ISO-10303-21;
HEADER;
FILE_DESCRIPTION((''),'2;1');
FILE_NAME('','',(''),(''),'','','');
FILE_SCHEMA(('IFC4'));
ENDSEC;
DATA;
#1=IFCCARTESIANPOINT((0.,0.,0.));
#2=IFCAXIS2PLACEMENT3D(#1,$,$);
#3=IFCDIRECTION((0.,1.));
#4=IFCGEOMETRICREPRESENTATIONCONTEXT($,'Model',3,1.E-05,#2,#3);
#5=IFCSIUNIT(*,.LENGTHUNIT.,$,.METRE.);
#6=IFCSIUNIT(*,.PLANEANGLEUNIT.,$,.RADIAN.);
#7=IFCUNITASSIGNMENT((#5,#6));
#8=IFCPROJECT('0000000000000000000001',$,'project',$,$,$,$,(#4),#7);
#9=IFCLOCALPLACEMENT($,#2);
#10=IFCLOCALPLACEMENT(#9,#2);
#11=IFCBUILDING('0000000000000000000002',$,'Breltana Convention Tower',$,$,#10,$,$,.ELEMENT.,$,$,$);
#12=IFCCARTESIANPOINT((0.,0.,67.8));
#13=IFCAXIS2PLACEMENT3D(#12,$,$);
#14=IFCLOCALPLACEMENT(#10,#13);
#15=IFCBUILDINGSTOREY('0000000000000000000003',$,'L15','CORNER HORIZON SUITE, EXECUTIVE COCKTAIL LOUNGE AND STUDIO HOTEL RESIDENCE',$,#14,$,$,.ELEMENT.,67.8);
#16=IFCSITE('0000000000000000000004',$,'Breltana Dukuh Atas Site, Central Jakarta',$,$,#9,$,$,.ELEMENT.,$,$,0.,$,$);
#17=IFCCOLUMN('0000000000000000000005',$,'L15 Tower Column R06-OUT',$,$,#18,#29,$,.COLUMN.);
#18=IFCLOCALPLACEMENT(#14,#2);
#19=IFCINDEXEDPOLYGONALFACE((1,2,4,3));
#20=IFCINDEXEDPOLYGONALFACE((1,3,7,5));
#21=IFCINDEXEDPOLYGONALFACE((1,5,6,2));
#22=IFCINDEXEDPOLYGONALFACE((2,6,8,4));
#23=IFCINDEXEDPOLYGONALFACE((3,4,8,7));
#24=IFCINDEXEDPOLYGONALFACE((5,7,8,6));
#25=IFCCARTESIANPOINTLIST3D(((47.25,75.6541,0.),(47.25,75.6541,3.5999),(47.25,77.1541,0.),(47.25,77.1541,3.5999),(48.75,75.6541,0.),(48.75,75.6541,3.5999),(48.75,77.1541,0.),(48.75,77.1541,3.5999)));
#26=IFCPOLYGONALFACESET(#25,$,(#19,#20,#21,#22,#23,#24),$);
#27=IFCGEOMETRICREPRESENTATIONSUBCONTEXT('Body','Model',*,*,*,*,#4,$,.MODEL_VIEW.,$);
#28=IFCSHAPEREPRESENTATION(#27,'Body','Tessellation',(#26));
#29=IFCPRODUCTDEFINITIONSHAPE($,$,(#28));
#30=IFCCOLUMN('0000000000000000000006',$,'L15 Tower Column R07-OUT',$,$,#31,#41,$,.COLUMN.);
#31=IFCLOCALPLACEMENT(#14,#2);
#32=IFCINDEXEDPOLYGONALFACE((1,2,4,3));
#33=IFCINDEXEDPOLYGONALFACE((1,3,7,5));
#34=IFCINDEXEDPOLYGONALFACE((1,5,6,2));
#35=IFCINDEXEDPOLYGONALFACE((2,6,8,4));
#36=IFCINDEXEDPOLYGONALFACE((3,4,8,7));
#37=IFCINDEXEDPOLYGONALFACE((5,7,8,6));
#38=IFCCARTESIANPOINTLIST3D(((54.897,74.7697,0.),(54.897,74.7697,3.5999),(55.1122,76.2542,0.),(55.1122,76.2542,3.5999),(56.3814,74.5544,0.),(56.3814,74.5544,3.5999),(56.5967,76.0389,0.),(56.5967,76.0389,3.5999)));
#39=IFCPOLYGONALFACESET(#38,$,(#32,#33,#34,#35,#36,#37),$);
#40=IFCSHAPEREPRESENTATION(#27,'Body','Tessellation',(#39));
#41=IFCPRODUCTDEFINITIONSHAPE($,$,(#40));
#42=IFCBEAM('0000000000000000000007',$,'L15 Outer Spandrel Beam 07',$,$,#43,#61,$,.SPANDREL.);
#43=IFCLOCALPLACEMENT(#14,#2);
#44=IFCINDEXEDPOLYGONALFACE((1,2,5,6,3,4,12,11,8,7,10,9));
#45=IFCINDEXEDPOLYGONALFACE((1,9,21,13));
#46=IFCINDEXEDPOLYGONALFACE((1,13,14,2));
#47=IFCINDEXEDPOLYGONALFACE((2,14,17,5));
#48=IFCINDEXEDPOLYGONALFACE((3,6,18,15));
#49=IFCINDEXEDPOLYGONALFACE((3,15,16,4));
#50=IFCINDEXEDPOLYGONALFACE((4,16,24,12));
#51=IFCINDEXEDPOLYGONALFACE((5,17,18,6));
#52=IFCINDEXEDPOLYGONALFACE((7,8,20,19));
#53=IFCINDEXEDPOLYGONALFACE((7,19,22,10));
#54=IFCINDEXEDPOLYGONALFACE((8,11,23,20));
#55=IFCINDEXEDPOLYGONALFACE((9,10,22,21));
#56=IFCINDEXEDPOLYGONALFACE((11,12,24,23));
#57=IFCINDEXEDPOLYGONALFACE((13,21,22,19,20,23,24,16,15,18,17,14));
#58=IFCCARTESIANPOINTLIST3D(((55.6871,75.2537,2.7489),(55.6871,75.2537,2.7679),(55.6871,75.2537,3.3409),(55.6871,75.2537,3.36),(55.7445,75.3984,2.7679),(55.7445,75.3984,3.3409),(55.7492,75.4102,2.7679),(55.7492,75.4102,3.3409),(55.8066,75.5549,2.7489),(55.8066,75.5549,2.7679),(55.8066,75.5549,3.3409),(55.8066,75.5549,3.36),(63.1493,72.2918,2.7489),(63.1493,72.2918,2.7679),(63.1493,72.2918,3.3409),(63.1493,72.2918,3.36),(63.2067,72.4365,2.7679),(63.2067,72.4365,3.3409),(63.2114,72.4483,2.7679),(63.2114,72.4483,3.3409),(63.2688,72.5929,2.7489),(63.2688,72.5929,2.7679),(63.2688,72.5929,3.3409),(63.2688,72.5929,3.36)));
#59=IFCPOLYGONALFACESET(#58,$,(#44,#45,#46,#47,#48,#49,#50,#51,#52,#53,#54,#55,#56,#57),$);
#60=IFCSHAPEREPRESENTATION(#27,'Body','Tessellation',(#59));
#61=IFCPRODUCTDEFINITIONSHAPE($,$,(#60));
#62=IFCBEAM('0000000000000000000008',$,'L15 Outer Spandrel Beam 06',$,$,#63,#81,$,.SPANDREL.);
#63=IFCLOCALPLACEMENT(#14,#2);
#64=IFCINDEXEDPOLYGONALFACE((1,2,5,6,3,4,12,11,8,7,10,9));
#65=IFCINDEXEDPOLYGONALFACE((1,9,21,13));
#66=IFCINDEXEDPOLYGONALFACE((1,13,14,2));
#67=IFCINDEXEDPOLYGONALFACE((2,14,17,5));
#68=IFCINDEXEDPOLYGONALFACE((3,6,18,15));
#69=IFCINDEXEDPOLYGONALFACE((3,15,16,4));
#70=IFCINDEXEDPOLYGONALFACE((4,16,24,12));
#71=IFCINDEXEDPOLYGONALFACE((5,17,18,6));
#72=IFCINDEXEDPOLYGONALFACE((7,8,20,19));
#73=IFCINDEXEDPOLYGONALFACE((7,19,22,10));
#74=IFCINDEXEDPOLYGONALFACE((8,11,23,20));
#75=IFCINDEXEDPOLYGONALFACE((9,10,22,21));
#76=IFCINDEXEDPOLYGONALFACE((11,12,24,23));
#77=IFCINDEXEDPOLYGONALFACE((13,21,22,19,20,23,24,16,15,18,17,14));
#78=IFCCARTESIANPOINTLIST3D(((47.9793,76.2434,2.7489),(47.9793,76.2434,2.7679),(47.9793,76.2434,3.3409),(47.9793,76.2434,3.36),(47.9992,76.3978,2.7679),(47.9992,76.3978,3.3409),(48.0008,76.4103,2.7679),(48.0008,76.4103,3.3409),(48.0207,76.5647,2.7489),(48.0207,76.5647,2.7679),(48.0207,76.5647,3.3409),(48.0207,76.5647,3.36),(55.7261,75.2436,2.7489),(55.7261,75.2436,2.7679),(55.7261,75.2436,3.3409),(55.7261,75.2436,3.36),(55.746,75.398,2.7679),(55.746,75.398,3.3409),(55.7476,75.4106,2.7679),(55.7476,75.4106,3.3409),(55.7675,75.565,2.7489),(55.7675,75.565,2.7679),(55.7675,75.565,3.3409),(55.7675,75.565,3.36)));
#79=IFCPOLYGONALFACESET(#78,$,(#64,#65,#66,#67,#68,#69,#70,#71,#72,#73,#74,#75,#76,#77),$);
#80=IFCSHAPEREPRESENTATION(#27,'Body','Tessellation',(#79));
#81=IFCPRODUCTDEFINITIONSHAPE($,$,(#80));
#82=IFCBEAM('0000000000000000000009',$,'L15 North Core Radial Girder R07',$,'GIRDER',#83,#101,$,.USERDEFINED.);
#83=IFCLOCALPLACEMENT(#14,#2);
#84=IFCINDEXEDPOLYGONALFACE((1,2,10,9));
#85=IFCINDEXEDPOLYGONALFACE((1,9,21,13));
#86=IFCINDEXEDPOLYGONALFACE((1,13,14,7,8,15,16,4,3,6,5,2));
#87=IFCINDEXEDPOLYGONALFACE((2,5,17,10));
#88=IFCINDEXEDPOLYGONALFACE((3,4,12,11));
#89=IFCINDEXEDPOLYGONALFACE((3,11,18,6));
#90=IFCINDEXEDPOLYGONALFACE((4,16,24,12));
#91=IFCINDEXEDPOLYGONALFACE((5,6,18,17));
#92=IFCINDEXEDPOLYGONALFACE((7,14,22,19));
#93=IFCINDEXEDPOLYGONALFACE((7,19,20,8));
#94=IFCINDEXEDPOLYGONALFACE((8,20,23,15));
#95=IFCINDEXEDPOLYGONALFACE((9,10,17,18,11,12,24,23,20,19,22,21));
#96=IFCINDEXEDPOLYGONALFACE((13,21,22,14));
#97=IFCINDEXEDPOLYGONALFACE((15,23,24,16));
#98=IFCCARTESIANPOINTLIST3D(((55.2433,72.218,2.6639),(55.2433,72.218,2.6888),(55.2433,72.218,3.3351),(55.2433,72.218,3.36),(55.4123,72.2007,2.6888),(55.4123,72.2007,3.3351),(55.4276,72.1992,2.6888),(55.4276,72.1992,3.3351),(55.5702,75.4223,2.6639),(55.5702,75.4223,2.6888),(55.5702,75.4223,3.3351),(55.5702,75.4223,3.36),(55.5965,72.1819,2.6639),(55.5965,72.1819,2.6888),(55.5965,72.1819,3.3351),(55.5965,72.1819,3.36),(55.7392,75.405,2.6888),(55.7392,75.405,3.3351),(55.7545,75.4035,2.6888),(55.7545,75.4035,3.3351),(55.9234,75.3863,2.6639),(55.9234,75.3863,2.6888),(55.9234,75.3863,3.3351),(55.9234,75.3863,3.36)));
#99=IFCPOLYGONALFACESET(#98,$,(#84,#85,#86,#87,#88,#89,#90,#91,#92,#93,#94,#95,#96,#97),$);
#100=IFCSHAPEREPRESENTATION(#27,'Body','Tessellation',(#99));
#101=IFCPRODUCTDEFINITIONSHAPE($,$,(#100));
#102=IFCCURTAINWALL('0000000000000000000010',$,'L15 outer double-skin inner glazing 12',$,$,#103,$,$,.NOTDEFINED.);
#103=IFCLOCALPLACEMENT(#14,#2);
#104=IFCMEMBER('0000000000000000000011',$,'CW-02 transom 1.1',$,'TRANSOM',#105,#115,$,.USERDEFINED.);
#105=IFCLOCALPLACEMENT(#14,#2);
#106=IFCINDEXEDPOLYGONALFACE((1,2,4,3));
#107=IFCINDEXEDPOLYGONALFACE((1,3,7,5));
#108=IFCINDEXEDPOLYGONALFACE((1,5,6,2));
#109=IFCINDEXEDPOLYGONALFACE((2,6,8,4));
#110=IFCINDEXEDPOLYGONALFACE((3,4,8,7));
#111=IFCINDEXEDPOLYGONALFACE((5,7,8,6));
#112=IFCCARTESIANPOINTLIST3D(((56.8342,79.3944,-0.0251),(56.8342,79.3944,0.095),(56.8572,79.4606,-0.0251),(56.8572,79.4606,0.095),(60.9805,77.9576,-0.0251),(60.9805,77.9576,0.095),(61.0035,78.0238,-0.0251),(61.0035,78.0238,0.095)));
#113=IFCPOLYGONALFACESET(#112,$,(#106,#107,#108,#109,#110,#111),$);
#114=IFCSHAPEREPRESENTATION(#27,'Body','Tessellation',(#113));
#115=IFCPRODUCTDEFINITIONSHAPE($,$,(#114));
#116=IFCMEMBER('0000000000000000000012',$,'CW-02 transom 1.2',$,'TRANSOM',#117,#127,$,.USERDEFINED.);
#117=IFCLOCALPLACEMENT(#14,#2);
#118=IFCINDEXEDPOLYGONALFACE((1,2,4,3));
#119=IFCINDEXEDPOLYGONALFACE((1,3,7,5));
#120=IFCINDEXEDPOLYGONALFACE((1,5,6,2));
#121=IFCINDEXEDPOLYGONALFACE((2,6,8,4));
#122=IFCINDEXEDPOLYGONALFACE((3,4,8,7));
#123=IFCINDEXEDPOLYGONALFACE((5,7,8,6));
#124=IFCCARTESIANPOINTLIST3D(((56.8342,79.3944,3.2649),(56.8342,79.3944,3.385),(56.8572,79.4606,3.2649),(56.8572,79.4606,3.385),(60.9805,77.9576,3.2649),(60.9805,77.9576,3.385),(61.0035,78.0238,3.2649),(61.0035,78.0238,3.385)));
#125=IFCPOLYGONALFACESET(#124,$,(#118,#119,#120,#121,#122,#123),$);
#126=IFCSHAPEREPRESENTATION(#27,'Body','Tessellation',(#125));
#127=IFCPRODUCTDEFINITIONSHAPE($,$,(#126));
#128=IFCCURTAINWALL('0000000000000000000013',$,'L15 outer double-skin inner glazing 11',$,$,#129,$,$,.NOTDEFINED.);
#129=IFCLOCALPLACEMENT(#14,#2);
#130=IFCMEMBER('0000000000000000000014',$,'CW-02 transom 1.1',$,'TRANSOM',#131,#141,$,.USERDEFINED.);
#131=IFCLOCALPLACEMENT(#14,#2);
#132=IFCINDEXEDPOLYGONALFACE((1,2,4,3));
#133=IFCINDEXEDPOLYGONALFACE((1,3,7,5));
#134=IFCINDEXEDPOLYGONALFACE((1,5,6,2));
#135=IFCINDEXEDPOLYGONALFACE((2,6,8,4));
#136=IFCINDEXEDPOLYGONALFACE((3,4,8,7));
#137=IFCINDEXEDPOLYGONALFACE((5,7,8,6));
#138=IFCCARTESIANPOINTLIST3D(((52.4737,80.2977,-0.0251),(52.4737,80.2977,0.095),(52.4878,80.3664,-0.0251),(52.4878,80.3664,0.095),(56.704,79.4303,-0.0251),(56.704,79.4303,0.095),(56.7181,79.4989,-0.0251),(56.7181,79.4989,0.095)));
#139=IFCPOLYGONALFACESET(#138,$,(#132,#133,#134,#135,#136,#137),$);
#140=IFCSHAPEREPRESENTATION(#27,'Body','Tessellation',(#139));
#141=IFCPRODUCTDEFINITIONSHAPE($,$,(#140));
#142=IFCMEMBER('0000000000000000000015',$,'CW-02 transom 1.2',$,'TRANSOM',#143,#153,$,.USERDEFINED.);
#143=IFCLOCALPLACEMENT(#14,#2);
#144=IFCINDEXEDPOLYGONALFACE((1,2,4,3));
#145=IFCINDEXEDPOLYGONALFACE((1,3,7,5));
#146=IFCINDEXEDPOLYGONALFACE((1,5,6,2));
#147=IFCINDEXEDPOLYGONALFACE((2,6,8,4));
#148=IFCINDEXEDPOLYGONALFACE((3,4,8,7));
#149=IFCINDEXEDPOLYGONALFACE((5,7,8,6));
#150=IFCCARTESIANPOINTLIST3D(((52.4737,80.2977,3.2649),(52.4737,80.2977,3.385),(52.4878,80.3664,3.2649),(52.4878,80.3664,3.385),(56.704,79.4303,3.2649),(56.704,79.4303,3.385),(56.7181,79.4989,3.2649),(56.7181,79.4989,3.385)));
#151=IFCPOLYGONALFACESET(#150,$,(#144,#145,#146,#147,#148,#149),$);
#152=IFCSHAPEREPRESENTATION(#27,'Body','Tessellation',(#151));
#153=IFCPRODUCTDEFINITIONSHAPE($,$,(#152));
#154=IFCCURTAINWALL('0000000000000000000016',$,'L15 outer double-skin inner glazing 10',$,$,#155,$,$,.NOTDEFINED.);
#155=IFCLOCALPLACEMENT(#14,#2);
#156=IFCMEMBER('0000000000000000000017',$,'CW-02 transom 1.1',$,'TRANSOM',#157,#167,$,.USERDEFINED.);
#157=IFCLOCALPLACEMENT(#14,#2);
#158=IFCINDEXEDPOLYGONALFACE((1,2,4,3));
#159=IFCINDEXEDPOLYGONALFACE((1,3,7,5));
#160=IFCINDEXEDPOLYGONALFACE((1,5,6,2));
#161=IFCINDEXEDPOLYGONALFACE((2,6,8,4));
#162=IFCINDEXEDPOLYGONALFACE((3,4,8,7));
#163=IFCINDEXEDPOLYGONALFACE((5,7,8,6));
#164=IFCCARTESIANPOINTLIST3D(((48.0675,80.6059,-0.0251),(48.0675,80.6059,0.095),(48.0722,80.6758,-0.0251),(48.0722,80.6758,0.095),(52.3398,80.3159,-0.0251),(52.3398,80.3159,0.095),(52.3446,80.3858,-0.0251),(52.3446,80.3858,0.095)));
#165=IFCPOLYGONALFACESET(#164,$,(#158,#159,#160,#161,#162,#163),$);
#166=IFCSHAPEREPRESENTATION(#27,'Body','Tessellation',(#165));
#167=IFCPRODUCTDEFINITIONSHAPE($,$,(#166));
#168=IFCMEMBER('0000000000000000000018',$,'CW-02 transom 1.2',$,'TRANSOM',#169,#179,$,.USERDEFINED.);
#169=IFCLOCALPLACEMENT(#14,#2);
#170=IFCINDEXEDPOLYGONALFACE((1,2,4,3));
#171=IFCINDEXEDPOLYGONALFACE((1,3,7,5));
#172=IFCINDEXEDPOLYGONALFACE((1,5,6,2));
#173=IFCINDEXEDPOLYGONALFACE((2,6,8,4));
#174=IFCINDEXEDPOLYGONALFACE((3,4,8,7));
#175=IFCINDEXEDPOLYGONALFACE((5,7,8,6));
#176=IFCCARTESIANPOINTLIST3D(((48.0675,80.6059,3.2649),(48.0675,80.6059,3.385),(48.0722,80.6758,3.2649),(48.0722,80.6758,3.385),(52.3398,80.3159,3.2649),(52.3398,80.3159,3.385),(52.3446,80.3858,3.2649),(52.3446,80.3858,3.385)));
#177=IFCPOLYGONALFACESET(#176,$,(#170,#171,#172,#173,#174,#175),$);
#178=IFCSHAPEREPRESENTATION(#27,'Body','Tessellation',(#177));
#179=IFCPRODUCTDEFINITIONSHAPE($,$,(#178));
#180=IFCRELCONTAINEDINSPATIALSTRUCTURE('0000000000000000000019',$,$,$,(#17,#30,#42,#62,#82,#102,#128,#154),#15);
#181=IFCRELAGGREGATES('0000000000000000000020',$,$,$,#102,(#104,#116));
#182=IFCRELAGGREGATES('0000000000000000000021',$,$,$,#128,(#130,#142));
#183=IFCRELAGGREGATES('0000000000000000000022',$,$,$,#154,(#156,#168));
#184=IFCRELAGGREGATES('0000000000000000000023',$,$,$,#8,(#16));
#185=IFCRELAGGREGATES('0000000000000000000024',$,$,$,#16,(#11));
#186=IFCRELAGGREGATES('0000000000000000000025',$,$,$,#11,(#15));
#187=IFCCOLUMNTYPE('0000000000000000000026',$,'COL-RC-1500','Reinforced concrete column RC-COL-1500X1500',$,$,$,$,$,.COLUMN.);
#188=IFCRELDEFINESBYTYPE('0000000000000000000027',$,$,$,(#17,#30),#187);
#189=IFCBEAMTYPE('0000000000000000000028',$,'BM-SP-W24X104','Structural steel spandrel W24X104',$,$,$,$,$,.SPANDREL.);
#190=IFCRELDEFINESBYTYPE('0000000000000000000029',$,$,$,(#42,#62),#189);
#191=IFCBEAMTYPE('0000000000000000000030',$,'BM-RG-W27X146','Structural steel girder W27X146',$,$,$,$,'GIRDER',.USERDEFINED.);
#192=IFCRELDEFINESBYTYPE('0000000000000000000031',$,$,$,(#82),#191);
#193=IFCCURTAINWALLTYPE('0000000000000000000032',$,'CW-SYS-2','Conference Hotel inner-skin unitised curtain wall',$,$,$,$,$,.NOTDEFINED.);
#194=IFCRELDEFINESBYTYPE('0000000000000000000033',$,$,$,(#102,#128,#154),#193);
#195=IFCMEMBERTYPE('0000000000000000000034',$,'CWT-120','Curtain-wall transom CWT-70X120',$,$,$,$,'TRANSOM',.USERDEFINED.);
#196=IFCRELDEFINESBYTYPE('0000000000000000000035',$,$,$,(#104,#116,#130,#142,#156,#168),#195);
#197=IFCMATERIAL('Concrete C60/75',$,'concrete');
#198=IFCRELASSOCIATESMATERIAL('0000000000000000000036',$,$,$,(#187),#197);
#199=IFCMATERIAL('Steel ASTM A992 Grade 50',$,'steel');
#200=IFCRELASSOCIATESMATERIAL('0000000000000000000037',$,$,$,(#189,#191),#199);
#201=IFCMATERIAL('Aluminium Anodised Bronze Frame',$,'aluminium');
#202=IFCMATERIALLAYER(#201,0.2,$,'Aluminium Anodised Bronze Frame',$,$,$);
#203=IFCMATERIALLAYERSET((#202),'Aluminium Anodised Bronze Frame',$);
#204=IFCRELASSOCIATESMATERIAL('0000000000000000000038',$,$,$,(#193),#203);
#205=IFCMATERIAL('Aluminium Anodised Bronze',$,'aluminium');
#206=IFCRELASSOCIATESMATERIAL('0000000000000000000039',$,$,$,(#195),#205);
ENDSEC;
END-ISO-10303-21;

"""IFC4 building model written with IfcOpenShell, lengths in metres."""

from ifc_helpers import new_model, si_unit, direction, frame, origin, origin_2d, place, context, subcontext, project, spatial, rectangle, i_section, extrude, source, transform, mapped, material, layer, layer_set, material_profile, profile_set, type_object, element, aggregate, save


model = new_model("IFC4")

# Units and contexts
model_context = context("Model", 3, precision=1e-05, world=origin(), true_north=direction((0.0, 1.0)))
body_context = subcontext(model_context, "Body", "Model", "MODEL_VIEW")
ifc_project = project(units=[si_unit("LENGTHUNIT", "METRE"), si_unit("PLANEANGLEUNIT", "RADIAN")], contexts=[model_context])

# Site, building, storey
site_placement = place(None, origin())
site = spatial("IfcSite", under=ifc_project, at=site_placement, Name="Breltana Dukuh Atas Site, Central Jakarta", CompositionType="ELEMENT", RefElevation=0.0)
building_placement = place(site_placement, origin())
building = spatial("IfcBuilding", under=site, at=building_placement, Name="Breltana Convention Tower", CompositionType="ELEMENT")
storey_placement = place(building_placement, frame((0.0, 0.0, 67.8)))
storey = spatial("IfcBuildingStorey", under=building, at=storey_placement, Name="L15", Description="CORNER HORIZON SUITE, EXECUTIVE COCKTAIL LOUNGE AND STUDIO HOTEL RESIDENCE", CompositionType="ELEMENT", Elevation=67.8)

# Columns
ifc_material_1 = material(Name="Concrete C60/75", Category="concrete")
ifc_material_profile_1 = material_profile(ifc_material_1, rectangle(XDim=1.5, YDim=1.5, at=origin_2d()), Name="RC-COL-1500X1500")
ifc_profile_set_1 = profile_set([ifc_material_profile_1], Name="Concrete C60/75")
column_type = type_object("IfcColumnType", Name="COL-RC-1500", Description="Reinforced concrete column RC-COL-1500X1500", PredefinedType="COLUMN", material=ifc_profile_set_1)
shared_shape_1 = source(origin(), body_context, "Body", "SweptSolid", [
    extrude(rectangle(XDim=1.5, YDim=1.5, at=origin_2d()), origin(), (0.0, 0.0, 1.0), 3.5999),
])
for number, where, z_axis, x_axis, name in (
    (1, (48.0, 76.4041, 0.0), (0.0, 0.0, 1.0), (0.0, 1.0, 0.0), "L15 Tower Column R06-OUT"),
    (2, (55.7468, 75.4043, 0.0), (0.0, 0.0, 1.0), (0.143493, 0.989651, 0.0), "L15 Tower Column R07-OUT"),
):
    element("IfcColumn", number, at=place(storey_placement, frame(where, z_axis=z_axis, x_axis=x_axis)), inside=storey, type_object=column_type, Name=name, PredefinedType="COLUMN", context=body_context, shape_type="MappedRepresentation", body=[
        mapped(shared_shape_1, transform((0.0, 0.0, 0.0), scale=1.0)),
    ])

# Beams
ifc_material_2 = material(Name="Steel ASTM A992 Grade 50", Category="steel")
ifc_material_profile_2 = material_profile(ifc_material_2, i_section(OverallWidth=0.324, OverallDepth=0.6111, WebThickness=0.0127, FlangeThickness=0.019, at=origin_2d()), Name="W24X104")
ifc_profile_set_2 = profile_set([ifc_material_profile_2], Name="Steel ASTM A992 Grade 50")
beam_type_1 = type_object("IfcBeamType", Name="BM-SP-W24X104", Description="Structural steel spandrel W24X104", PredefinedType="SPANDREL", material=ifc_profile_set_2)
shared_shape_2 = source(origin(), body_context, "Body", "SweptSolid", [
    extrude(i_section(OverallWidth=0.324, OverallDepth=0.6111, WebThickness=0.0127, FlangeThickness=0.019, at=origin_2d()), origin(), (0.0, 0.0, 1.0), 8.0286),
])
beam_1_placement = place(storey_placement, frame((55.7468, 75.4043, 3.0544), z_axis=(0.929459, -0.368925, 0.0), x_axis=(0.368925, 0.929459, 0.0)))
element("IfcBeam", 3, at=beam_1_placement, inside=storey, type_object=beam_type_1, Name="L15 Outer Spandrel Beam 07", PredefinedType="SPANDREL", context=body_context, shape_type="MappedRepresentation", body=[
    mapped(shared_shape_2, transform((0.0, 0.0, 0.0), scale=1.0)),
])
shared_shape_3 = source(origin(), body_context, "Body", "SweptSolid", [
    extrude(i_section(OverallWidth=0.324, OverallDepth=0.6111, WebThickness=0.0127, FlangeThickness=0.019, at=origin_2d()), origin(), (0.0, 0.0, 1.0), 7.811),
])
beam_2_placement = place(storey_placement, frame((48.0, 76.4041, 3.0544), z_axis=(0.991775, -0.127992, 0.0), x_axis=(0.127992, 0.991775, 0.0)))
element("IfcBeam", 4, at=beam_2_placement, inside=storey, type_object=beam_type_1, Name="L15 Outer Spandrel Beam 06", PredefinedType="SPANDREL", context=body_context, shape_type="MappedRepresentation", body=[
    mapped(shared_shape_3, transform((0.0, 0.0, 0.0), scale=1.0)),
])
ifc_material_profile_3 = material_profile(ifc_material_2, i_section(OverallWidth=0.355, OverallDepth=0.696, WebThickness=0.0154, FlangeThickness=0.0249, at=origin_2d()), Name="W27X146")
ifc_profile_set_3 = profile_set([ifc_material_profile_3], Name="Steel ASTM A992 Grade 50")
beam_type_2 = type_object("IfcBeamType", Name="BM-RG-W27X146", Description="Structural steel girder W27X146", ElementType="GIRDER", PredefinedType="USERDEFINED", material=ifc_profile_set_3)
shared_shape_4 = source(origin(), body_context, "Body", "SweptSolid", [
    extrude(i_section(OverallWidth=0.355, OverallDepth=0.696, WebThickness=0.0154, FlangeThickness=0.0249, at=origin_2d()), origin(), (0.0, 0.0, 1.0), 3.2209),
])
beam_3_placement = place(storey_placement, frame((55.4199, 72.2, 3.012), z_axis=(0.101492, 0.994836, 0.0), x_axis=(-0.994836, 0.101492, 0.0)))
element("IfcBeam", 5, at=beam_3_placement, inside=storey, type_object=beam_type_2, Name="L15 North Core Radial Girder R07", ObjectType="GIRDER", PredefinedType="USERDEFINED", context=body_context, shape_type="MappedRepresentation", body=[
    mapped(shared_shape_4, transform((0.0, 0.0, 0.0), scale=1.0)),
])

# Curtain walls, members
ifc_material_3 = material(Name="Aluminium Anodised Bronze Frame", Category="aluminium")
ifc_layer_1 = layer(ifc_material_3, 0.2, Name="Aluminium Anodised Bronze Frame")
ifc_layer_set_1 = layer_set([ifc_layer_1], Name="Aluminium Anodised Bronze Frame")
curtain_wall_type = type_object("IfcCurtainWallType", Name="CW-SYS-2", Description="Conference Hotel inner-skin unitised curtain wall", PredefinedType="NOTDEFINED", material=ifc_layer_set_1)
curtain_wall_1_placement = place(storey_placement, origin())
curtain_wall_1 = element("IfcCurtainWall", 6, at=curtain_wall_1_placement, inside=storey, type_object=curtain_wall_type, Name="L15 outer double-skin inner glazing 12", PredefinedType="NOTDEFINED")
ifc_material_4 = material(Name="Aluminium Anodised Bronze", Category="aluminium")
ifc_material_profile_4 = material_profile(ifc_material_4, rectangle(XDim=0.0701, YDim=0.1201, at=origin_2d()), Name="CWT-70X120")
ifc_profile_set_4 = profile_set([ifc_material_profile_4], Name="Aluminium Anodised Bronze")
member_type_1 = type_object("IfcMemberType", Name="CWT-120", Description="Curtain-wall transom CWT-70X120", ElementType="TRANSOM", PredefinedType="USERDEFINED", material=ifc_profile_set_4)
shared_shape_5 = source(origin(), body_context, "Body", "SweptSolid", [
    extrude(rectangle(XDim=0.0701, YDim=0.1201, at=origin_2d()), origin(), (0.0, 0.0, 1.0), 4.3882),
])
member_1_placement = place(storey_placement, frame((56.8457, 79.4275, 0.0349), z_axis=(0.944878, -0.327422, 0.0), x_axis=(0.327422, 0.944878, 0.0)))
member_1 = element("IfcMember", 7, at=member_1_placement, type_object=member_type_1, Name="CW-02 transom 1.1", ObjectType="TRANSOM", PredefinedType="USERDEFINED", context=body_context, shape_type="MappedRepresentation", body=[
    mapped(shared_shape_5, transform((0.0, 0.0, 0.0), scale=1.0)),
])
member_2_placement = place(storey_placement, frame((56.8457, 79.4275, 3.325), z_axis=(0.944878, -0.327422, 0.0), x_axis=(0.327422, 0.944878, 0.0)))
member_2 = element("IfcMember", 8, at=member_2_placement, type_object=member_type_1, Name="CW-02 transom 1.2", ObjectType="TRANSOM", PredefinedType="USERDEFINED", context=body_context, shape_type="MappedRepresentation", body=[
    mapped(shared_shape_5, transform((0.0, 0.0, 0.0), scale=1.0)),
])
curtain_wall_2_placement = place(storey_placement, origin())
curtain_wall_2 = element("IfcCurtainWall", 9, at=curtain_wall_2_placement, inside=storey, type_object=curtain_wall_type, Name="L15 outer double-skin inner glazing 11", PredefinedType="NOTDEFINED")
shared_shape_6 = source(origin(), body_context, "Body", "SweptSolid", [
    extrude(rectangle(XDim=0.0701, YDim=0.1201, at=origin_2d()), origin(), (0.0, 0.0, 1.0), 4.3184),
])
member_3_placement = place(storey_placement, frame((52.4807, 80.332, 0.0349), z_axis=(0.979617, -0.200876, 0.0), x_axis=(0.200876, 0.979617, 0.0)))
member_3 = element("IfcMember", 10, at=member_3_placement, type_object=member_type_1, Name="CW-02 transom 1.1", ObjectType="TRANSOM", PredefinedType="USERDEFINED", context=body_context, shape_type="MappedRepresentation", body=[
    mapped(shared_shape_6, transform((0.0, 0.0, 0.0), scale=1.0)),
])
member_4_placement = place(storey_placement, frame((52.4807, 80.332, 3.325), z_axis=(0.979617, -0.200876, 0.0), x_axis=(0.200876, 0.979617, 0.0)))
member_4 = element("IfcMember", 11, at=member_4_placement, type_object=member_type_1, Name="CW-02 transom 1.2", ObjectType="TRANSOM", PredefinedType="USERDEFINED", context=body_context, shape_type="MappedRepresentation", body=[
    mapped(shared_shape_6, transform((0.0, 0.0, 0.0), scale=1.0)),
])
curtain_wall_3_placement = place(storey_placement, origin())
curtain_wall_3 = element("IfcCurtainWall", 12, at=curtain_wall_3_placement, inside=storey, type_object=curtain_wall_type, Name="L15 outer double-skin inner glazing 10", PredefinedType="NOTDEFINED")
shared_shape_7 = source(origin(), body_context, "Body", "SweptSolid", [
    extrude(rectangle(XDim=0.0701, YDim=0.1201, at=origin_2d()), origin(), (0.0, 0.0, 1.0), 4.2822),
])
member_5_placement = place(storey_placement, frame((48.0698, 80.6409, 0.0349), z_axis=(0.997704, -0.06773, 0.0), x_axis=(0.06773, 0.997704, 0.0)))
member_5 = element("IfcMember", 13, at=member_5_placement, type_object=member_type_1, Name="CW-02 transom 1.1", ObjectType="TRANSOM", PredefinedType="USERDEFINED", context=body_context, shape_type="MappedRepresentation", body=[
    mapped(shared_shape_7, transform((0.0, 0.0, 0.0), scale=1.0)),
])
member_6_placement = place(storey_placement, frame((48.0698, 80.6409, 3.325), z_axis=(0.997704, -0.06773, 0.0), x_axis=(0.06773, 0.997704, 0.0)))
member_6 = element("IfcMember", 14, at=member_6_placement, type_object=member_type_1, Name="CW-02 transom 1.2", ObjectType="TRANSOM", PredefinedType="USERDEFINED", context=body_context, shape_type="MappedRepresentation", body=[
    mapped(shared_shape_7, transform((0.0, 0.0, 0.0), scale=1.0)),
])

aggregate(curtain_wall_1, [member_1, member_2])
aggregate(curtain_wall_2, [member_3, member_4])
aggregate(curtain_wall_3, [member_5, member_6])

save(model, "model.ifc")
